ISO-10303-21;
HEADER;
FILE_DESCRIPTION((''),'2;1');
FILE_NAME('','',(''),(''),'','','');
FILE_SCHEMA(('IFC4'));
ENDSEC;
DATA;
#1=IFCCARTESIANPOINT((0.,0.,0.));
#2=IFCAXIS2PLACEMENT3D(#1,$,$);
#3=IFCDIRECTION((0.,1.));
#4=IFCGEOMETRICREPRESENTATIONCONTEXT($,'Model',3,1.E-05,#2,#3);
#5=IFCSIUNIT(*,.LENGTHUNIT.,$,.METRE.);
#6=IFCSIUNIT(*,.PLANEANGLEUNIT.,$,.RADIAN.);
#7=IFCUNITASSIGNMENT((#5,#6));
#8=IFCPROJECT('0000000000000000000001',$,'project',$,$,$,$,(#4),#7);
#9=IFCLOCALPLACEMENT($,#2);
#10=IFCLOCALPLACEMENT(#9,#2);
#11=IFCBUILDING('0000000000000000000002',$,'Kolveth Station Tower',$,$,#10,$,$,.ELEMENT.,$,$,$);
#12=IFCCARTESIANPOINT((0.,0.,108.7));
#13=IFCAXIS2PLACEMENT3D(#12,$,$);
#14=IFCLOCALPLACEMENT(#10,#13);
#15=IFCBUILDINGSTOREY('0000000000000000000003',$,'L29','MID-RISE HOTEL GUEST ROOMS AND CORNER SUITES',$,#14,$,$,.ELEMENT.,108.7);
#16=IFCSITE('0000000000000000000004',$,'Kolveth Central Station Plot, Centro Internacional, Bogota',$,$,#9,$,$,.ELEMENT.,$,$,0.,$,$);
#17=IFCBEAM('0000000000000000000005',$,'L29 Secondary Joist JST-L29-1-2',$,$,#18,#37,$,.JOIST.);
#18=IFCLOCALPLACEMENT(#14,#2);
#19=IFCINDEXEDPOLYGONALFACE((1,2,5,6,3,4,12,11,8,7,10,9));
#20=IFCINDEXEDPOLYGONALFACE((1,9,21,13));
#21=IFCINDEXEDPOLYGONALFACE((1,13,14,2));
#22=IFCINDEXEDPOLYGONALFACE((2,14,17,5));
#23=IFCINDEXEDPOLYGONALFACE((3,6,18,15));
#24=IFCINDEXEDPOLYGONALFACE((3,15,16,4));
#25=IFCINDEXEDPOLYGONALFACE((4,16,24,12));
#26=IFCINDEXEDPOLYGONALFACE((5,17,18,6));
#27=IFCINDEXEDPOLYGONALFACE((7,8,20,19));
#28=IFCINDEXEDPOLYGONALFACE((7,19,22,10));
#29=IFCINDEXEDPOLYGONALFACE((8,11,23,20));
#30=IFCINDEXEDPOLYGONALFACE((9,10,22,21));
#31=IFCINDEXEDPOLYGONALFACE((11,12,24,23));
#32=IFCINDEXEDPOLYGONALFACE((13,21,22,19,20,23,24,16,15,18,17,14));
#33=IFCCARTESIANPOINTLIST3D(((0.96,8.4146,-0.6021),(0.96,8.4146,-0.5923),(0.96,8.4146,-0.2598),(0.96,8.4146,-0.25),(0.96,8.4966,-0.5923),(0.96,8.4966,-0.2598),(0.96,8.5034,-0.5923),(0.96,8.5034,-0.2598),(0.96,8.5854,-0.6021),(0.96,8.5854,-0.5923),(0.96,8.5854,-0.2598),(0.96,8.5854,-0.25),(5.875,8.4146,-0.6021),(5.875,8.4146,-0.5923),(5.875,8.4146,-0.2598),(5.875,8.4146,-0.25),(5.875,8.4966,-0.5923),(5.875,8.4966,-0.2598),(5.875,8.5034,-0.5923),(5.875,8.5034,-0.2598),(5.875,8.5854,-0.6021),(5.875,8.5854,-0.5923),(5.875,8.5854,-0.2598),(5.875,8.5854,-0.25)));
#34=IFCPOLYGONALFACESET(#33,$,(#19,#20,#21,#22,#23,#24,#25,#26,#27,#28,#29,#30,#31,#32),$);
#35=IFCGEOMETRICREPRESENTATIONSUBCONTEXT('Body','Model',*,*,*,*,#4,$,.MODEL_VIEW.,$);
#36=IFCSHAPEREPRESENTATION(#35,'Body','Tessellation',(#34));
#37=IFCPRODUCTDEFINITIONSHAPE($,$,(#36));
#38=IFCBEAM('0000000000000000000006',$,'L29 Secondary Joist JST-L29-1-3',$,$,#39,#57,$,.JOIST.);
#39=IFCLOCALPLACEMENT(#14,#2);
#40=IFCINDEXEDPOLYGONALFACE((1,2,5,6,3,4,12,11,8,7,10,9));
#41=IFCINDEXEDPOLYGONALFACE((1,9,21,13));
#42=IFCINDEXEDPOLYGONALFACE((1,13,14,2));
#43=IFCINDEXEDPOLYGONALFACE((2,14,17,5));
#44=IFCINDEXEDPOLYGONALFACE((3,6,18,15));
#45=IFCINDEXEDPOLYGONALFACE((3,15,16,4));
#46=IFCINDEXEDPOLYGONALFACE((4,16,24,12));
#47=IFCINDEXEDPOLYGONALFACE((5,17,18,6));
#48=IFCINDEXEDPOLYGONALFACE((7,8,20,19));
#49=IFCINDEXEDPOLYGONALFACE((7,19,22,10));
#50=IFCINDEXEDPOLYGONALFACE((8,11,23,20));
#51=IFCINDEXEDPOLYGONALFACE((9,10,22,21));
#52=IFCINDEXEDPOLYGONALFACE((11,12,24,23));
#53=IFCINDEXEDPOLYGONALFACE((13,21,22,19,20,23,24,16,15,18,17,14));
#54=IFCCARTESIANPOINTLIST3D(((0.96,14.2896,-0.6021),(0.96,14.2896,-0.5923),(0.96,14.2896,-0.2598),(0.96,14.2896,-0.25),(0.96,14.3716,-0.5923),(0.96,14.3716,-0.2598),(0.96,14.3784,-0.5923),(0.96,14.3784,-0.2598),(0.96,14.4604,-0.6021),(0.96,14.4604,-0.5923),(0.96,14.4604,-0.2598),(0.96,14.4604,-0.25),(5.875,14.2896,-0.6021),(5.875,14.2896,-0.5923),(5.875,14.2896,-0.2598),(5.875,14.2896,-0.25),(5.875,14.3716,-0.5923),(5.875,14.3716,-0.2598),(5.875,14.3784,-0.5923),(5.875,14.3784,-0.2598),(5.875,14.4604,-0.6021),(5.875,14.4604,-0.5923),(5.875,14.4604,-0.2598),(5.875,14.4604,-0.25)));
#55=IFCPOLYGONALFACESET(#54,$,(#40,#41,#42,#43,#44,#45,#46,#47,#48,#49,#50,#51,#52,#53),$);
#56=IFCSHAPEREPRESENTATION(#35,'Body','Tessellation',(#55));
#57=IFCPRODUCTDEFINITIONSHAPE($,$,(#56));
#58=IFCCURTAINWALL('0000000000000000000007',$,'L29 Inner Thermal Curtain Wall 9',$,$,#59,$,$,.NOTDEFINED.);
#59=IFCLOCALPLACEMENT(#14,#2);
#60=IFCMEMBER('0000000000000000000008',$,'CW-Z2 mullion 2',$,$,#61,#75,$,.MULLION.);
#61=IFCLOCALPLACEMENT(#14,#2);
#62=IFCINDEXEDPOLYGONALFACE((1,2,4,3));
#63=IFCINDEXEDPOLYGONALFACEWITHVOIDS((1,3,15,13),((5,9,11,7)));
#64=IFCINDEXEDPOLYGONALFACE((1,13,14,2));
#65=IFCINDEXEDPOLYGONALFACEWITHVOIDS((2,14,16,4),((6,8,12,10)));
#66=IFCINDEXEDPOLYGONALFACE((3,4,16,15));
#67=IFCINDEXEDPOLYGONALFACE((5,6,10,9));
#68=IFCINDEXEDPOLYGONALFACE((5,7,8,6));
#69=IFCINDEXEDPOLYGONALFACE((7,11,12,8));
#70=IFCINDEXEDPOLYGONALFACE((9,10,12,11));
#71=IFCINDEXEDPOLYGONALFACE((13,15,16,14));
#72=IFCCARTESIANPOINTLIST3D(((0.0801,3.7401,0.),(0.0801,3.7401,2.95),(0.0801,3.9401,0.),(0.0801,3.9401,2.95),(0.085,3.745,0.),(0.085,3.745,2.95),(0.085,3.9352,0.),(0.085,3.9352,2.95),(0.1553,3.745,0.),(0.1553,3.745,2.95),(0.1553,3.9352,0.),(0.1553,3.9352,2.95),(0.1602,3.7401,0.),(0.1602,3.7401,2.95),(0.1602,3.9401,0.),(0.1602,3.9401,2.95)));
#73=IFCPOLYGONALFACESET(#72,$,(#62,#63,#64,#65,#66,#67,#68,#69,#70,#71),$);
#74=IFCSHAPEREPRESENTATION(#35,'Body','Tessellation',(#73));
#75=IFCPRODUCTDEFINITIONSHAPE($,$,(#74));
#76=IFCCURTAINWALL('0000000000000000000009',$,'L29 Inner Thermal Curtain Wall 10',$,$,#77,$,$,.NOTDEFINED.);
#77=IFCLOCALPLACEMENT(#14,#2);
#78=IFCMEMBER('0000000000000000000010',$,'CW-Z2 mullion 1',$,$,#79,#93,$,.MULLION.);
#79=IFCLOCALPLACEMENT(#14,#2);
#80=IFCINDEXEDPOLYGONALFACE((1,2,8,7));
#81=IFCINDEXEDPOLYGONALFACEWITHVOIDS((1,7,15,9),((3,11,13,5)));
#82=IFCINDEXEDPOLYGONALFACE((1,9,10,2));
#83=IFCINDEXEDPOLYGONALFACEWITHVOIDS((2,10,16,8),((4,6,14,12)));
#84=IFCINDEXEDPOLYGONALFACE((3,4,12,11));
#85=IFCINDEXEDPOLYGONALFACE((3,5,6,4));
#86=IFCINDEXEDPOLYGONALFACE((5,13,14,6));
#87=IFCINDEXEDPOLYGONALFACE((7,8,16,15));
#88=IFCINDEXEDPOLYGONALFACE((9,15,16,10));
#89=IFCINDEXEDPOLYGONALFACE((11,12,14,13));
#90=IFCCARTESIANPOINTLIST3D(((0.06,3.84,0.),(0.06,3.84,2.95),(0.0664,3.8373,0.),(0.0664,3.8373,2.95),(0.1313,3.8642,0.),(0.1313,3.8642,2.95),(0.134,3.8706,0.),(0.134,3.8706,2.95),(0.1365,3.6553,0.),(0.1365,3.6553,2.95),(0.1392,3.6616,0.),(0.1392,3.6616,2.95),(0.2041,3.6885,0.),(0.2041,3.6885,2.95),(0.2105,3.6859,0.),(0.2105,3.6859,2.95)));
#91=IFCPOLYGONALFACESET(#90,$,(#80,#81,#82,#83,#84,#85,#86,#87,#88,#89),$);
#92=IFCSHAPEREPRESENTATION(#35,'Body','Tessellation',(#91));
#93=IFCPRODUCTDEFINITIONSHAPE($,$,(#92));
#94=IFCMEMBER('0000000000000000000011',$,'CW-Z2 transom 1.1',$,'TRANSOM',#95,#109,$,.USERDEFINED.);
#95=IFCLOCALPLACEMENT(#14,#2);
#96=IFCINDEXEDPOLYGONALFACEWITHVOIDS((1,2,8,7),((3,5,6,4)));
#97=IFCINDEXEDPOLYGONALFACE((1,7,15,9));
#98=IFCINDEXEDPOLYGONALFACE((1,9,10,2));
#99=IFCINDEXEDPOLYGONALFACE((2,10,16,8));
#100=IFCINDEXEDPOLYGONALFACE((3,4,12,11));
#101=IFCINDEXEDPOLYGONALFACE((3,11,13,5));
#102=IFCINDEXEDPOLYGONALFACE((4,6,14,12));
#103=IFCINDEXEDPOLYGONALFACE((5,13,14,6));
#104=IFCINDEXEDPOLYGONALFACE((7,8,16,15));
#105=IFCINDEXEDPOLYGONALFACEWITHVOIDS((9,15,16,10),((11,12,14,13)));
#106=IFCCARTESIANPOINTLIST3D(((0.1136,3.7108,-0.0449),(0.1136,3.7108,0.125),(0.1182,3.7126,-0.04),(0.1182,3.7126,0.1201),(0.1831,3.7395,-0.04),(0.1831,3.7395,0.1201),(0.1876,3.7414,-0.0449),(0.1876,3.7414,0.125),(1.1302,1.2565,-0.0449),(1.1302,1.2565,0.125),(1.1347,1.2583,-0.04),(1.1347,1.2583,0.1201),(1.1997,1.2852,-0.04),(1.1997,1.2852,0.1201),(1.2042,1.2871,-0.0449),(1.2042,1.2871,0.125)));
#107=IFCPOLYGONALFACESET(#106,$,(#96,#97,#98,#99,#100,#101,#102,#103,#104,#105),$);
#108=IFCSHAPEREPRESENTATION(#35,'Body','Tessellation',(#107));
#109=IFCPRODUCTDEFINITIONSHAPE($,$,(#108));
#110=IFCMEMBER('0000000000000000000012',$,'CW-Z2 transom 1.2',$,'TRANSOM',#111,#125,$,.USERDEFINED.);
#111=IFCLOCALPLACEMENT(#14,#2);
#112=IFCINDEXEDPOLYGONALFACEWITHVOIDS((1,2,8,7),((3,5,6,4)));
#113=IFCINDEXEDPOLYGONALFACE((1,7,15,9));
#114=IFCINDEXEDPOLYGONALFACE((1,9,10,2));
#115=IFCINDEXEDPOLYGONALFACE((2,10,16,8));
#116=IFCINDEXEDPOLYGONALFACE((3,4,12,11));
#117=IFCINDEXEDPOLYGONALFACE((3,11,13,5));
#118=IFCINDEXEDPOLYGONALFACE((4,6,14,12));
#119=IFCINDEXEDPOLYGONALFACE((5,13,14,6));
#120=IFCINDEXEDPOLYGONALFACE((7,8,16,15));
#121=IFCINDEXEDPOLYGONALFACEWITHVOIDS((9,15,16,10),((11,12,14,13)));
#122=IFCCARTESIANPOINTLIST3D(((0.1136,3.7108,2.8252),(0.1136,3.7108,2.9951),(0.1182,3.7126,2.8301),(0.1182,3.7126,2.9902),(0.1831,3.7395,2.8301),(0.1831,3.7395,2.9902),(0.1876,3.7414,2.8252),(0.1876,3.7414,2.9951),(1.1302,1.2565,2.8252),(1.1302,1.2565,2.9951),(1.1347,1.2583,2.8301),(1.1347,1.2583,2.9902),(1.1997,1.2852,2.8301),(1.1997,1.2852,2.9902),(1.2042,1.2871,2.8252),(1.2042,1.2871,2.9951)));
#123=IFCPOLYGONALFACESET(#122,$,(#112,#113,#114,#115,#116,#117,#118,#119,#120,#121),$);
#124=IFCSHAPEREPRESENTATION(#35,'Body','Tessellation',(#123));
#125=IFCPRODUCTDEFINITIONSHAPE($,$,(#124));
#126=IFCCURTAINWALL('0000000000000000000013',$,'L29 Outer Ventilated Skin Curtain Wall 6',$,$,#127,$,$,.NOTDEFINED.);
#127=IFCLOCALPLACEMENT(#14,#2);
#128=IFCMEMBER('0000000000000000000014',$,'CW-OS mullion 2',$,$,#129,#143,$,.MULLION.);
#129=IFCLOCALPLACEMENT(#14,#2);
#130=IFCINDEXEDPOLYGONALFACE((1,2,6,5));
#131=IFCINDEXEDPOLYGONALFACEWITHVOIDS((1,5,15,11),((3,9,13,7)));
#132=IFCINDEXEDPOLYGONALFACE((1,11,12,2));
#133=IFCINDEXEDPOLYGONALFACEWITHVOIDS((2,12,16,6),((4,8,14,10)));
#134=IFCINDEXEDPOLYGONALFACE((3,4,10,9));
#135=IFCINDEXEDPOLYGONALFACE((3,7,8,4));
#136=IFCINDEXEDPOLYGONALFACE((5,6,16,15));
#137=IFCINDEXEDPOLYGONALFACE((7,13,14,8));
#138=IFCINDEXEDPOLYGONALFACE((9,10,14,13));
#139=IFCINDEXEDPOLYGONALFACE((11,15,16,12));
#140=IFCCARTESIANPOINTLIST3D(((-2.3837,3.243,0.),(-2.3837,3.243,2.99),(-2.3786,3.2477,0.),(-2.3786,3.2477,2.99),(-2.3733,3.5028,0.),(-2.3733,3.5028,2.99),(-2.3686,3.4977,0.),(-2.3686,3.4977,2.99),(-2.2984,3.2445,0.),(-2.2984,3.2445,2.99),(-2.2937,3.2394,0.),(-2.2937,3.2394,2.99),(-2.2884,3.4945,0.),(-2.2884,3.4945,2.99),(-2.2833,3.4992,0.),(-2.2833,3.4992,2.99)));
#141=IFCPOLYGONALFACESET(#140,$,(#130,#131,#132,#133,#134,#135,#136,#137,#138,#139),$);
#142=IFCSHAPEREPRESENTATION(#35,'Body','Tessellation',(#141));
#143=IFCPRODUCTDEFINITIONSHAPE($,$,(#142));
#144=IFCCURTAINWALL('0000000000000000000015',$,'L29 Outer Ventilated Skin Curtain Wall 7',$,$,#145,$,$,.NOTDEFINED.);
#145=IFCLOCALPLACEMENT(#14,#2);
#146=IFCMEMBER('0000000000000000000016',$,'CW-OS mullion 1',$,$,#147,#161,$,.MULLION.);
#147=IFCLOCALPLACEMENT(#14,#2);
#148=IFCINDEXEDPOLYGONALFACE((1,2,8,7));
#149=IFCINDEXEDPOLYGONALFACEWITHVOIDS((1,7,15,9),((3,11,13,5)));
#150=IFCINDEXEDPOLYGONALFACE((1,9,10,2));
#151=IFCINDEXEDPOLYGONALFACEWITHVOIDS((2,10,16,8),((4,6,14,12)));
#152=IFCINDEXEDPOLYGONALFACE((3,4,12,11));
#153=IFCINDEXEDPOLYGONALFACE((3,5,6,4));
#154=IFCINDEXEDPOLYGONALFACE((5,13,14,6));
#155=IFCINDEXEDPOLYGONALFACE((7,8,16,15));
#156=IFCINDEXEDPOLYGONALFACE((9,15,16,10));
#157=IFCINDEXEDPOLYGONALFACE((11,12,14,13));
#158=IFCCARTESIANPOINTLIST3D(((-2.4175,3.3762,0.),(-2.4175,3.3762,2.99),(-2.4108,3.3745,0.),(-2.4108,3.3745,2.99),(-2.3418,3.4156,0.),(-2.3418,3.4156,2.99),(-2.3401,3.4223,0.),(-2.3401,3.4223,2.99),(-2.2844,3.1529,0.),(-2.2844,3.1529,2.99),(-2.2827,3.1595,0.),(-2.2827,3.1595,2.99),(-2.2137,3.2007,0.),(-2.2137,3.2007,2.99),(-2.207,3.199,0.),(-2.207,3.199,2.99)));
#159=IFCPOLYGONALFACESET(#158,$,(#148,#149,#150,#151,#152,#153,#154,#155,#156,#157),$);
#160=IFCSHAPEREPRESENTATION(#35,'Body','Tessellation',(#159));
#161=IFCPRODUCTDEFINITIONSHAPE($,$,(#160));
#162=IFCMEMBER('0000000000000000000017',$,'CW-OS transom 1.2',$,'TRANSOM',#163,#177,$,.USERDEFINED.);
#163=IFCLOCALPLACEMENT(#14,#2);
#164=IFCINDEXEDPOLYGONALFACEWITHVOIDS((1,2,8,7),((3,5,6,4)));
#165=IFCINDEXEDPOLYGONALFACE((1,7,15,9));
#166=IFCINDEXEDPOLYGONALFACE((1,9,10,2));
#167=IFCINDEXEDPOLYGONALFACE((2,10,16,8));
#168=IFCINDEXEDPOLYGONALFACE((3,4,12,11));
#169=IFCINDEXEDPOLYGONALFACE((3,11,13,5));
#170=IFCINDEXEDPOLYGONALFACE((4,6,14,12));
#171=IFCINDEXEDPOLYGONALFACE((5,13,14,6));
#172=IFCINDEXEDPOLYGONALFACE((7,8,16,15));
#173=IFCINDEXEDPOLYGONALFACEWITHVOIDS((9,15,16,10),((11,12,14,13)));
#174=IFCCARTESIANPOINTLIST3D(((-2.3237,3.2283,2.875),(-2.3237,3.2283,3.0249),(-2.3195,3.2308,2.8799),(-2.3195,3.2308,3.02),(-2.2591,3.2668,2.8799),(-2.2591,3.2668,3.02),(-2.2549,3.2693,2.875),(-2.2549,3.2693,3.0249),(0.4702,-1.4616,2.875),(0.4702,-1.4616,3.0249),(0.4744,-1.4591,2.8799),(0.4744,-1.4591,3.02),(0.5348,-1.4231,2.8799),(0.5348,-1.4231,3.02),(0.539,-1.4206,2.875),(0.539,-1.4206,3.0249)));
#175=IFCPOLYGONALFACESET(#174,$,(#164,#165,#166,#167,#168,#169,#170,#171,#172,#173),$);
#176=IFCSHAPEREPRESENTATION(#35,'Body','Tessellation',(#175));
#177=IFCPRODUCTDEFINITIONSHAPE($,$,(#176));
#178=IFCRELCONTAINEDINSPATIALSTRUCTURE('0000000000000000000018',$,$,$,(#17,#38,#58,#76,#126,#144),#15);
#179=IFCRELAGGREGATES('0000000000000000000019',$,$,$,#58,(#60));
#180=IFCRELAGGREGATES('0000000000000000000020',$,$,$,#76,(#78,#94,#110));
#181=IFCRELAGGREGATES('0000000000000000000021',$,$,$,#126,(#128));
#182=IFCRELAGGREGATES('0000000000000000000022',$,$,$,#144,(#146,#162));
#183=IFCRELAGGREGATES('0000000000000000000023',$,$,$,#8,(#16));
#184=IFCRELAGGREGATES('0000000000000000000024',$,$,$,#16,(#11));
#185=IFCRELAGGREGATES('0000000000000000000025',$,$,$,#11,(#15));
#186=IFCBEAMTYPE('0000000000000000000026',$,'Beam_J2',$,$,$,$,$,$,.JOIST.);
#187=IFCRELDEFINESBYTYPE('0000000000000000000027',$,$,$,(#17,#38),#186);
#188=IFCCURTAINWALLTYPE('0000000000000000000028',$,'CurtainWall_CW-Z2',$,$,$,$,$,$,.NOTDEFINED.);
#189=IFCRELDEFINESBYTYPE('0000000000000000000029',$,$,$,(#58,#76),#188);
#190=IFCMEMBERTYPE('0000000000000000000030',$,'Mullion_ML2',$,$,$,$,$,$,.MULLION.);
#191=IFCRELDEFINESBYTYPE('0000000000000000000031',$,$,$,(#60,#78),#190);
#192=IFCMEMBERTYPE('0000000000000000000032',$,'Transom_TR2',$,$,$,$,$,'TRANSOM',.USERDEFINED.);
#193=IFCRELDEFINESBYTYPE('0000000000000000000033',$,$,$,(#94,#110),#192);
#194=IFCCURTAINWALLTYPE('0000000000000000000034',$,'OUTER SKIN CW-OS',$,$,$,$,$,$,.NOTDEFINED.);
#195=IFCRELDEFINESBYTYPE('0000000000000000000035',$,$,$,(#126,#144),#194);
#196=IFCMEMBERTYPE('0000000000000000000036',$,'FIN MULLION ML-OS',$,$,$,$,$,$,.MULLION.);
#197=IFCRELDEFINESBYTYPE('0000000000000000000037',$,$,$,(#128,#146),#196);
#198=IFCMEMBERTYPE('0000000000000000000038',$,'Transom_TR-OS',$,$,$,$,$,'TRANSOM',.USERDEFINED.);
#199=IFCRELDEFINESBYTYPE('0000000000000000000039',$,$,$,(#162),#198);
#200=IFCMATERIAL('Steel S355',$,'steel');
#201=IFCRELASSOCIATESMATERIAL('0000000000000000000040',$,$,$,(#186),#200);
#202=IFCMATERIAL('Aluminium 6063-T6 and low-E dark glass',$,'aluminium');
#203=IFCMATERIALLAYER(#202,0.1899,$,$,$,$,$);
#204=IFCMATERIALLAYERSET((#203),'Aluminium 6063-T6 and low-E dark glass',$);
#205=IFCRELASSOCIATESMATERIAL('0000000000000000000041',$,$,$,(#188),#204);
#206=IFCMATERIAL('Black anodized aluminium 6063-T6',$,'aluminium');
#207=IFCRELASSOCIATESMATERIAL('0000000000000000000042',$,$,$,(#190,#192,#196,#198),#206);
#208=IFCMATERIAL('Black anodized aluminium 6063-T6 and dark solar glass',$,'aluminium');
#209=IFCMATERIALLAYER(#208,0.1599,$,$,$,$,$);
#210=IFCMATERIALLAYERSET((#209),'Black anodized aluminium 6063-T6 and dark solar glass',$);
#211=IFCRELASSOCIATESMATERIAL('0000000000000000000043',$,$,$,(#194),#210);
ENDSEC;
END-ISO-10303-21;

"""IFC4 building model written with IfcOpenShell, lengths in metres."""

from ifc_helpers import new_model, si_unit, direction, frame, origin, origin_2d, place, context, subcontext, project, spatial, hollow_rectangle, i_section, extrude, source, transform, mapped, material, layer, layer_set, material_profile, profile_set, type_object, element, aggregate, save


model = new_model("IFC4")

# Units and contexts
model_context = context("Model", 3, precision=1e-05, world=origin(), true_north=direction((0.0, 1.0)))
body_context = subcontext(model_context, "Body", "Model", "MODEL_VIEW")
ifc_project = project(units=[si_unit("LENGTHUNIT", "METRE"), si_unit("PLANEANGLEUNIT", "RADIAN")], contexts=[model_context])

# Site, building, storey
site_placement = place(None, origin())
site = spatial("IfcSite", under=ifc_project, at=site_placement, Name="Kolveth Central Station Plot, Centro Internacional, Bogota", CompositionType="ELEMENT", RefElevation=0.0)
building_placement = place(site_placement, origin())
building = spatial("IfcBuilding", under=site, at=building_placement, Name="Kolveth Station Tower", CompositionType="ELEMENT")
storey_placement = place(building_placement, frame((0.0, 0.0, 108.7)))
storey = spatial("IfcBuildingStorey", under=building, at=storey_placement, Name="L29", Description="MID-RISE HOTEL GUEST ROOMS AND CORNER SUITES", CompositionType="ELEMENT", Elevation=108.7)

# Beams
ifc_material_1 = material(Name="Steel S355", Category="steel")
ifc_material_profile_1 = material_profile(ifc_material_1, i_section(OverallWidth=0.1709, OverallDepth=0.3521, WebThickness=0.0068, FlangeThickness=0.0098, at=origin_2d()), Name="W360x44")
ifc_profile_set_1 = profile_set([ifc_material_profile_1], Name="Steel S355")
beam_type_1 = type_object("IfcBeamType", Name="Beam_J2", PredefinedType="JOIST", material=ifc_profile_set_1)
shared_shape_1 = source(origin(), body_context, "Body", "SweptSolid", [
    extrude(i_section(OverallWidth=0.1709, OverallDepth=0.3521, WebThickness=0.0068, FlangeThickness=0.0098, at=origin_2d()), origin(), (0.0, 0.0, 1.0), 4.915),
])
for number, where, z_axis, x_axis, name in (
    (1, (0.96, 8.5, -0.426), (1.0, 0.0, 0.0), (0.0, 1.0, 0.0), "L29 Secondary Joist JST-L29-1-2"),
    (2, (0.96, 14.375, -0.426), (1.0, 0.0, 0.0), (0.0, 1.0, 0.0), "L29 Secondary Joist JST-L29-1-3"),
):
    element("IfcBeam", number, at=place(storey_placement, frame(where, z_axis=z_axis, x_axis=x_axis)), inside=storey, type_object=beam_type_1, Name=name, PredefinedType="JOIST", context=body_context, shape_type="MappedRepresentation", body=[
        mapped(shared_shape_1, transform((0.0, 0.0, 0.0), x_axis=(1.0, 0.0, 0.0), y_axis=(0.0, 1.0, 0.0), z_axis=(0.0, 0.0, 1.0), scale=1.0)),
    ])

# Curtain wall, member
ifc_material_2 = material(Name="Aluminium 6063-T6 and low-E dark glass", Category="aluminium")
ifc_layer_1 = layer(ifc_material_2, 0.1899)
ifc_layer_set_1 = layer_set([ifc_layer_1], Name="Aluminium 6063-T6 and low-E dark glass")
curtain_wall_type_1 = type_object("IfcCurtainWallType", Name="CurtainWall_CW-Z2", PredefinedType="NOTDEFINED", material=ifc_layer_set_1)
curtain_wall_1_placement = place(storey_placement, origin())
curtain_wall_1 = element("IfcCurtainWall", 3, at=curtain_wall_1_placement, inside=storey, type_object=curtain_wall_type_1, Name="L29 Inner Thermal Curtain Wall 9", PredefinedType="NOTDEFINED")
ifc_material_3 = material(Name="Black anodized aluminium 6063-T6", Category="aluminium")
ifc_material_profile_2 = material_profile(ifc_material_3, hollow_rectangle(XDim=0.0801, YDim=0.2, WallThickness=0.0049, at=origin_2d()), Name="ALU-80x200x5")
ifc_profile_set_2 = profile_set([ifc_material_profile_2], Name="Black anodized aluminium 6063-T6")
member_type_1 = type_object("IfcMemberType", Name="Mullion_ML2", PredefinedType="MULLION", material=ifc_profile_set_2)
shared_shape_2 = source(origin(), body_context, "Body", "SweptSolid", [
    extrude(hollow_rectangle(XDim=0.0801, YDim=0.2, WallThickness=0.0049, at=origin_2d()), origin(), (0.0, 0.0, 1.0), 2.95),
])
member_1_placement = place(storey_placement, frame((0.1201, 3.8401, 0.0), z_axis=(0.0, 0.0, 1.0), x_axis=(1.0, 0.0, 0.0)))
member_1 = element("IfcMember", 4, at=member_1_placement, type_object=member_type_1, Name="CW-Z2 mullion 2", PredefinedType="MULLION", context=body_context, shape_type="MappedRepresentation", body=[
    mapped(shared_shape_2, transform((0.0, 0.0, 0.0), x_axis=(1.0, 0.0, 0.0), y_axis=(0.0, 1.0, 0.0), z_axis=(0.0, 0.0, 1.0), scale=1.0)),
])
aggregate(curtain_wall_1, [member_1])

# Curtain wall, members
curtain_wall_2_placement = place(storey_placement, origin())
curtain_wall_2 = element("IfcCurtainWall", 5, at=curtain_wall_2_placement, inside=storey, type_object=curtain_wall_type_1, Name="L29 Inner Thermal Curtain Wall 10", PredefinedType="NOTDEFINED")
member_2_placement = place(storey_placement, frame((0.1353, 3.7629, 0.0), z_axis=(0.0, 0.0, 1.0), x_axis=(0.923888, 0.382663, 0.0)))
member_2 = element("IfcMember", 6, at=member_2_placement, type_object=member_type_1, Name="CW-Z2 mullion 1", PredefinedType="MULLION", context=body_context, shape_type="MappedRepresentation", body=[
    mapped(shared_shape_2, transform((0.0, 0.0, 0.0), x_axis=(1.0, 0.0, 0.0), y_axis=(0.0, 1.0, 0.0), z_axis=(0.0, 0.0, 1.0), scale=1.0)),
])
ifc_material_profile_3 = material_profile(ifc_material_3, hollow_rectangle(XDim=0.0801, YDim=0.1699, WallThickness=0.0049, at=origin_2d()), Name="ALU-80x170x5")
ifc_profile_set_3 = profile_set([ifc_material_profile_3], Name="Black anodized aluminium 6063-T6")
member_type_2 = type_object("IfcMemberType", Name="Transom_TR2", ElementType="TRANSOM", PredefinedType="USERDEFINED", material=ifc_profile_set_3)
shared_shape_3 = source(origin(), body_context, "Body", "SweptSolid", [
    extrude(hollow_rectangle(XDim=0.0801, YDim=0.1699, WallThickness=0.0049, at=origin_2d()), origin(), (0.0, 0.0, 1.0), 2.6565),
])
member_3_placement = place(storey_placement, frame((0.1506, 3.7261, 0.04), z_axis=(0.382676, -0.923882, 0.0), x_axis=(0.923882, 0.382676, 0.0)))
member_3 = element("IfcMember", 7, at=member_3_placement, type_object=member_type_2, Name="CW-Z2 transom 1.1", ObjectType="TRANSOM", PredefinedType="USERDEFINED", context=body_context, shape_type="MappedRepresentation", body=[
    mapped(shared_shape_3, transform((0.0, 0.0, 0.0), x_axis=(1.0, 0.0, 0.0), y_axis=(0.0, 1.0, 0.0), z_axis=(0.0, 0.0, 1.0), scale=1.0)),
])
member_4_placement = place(storey_placement, frame((0.1506, 3.7261, 2.9102), z_axis=(0.382676, -0.923882, 0.0), x_axis=(0.923882, 0.382676, 0.0)))
member_4 = element("IfcMember", 8, at=member_4_placement, type_object=member_type_2, Name="CW-Z2 transom 1.2", ObjectType="TRANSOM", PredefinedType="USERDEFINED", context=body_context, shape_type="MappedRepresentation", body=[
    mapped(shared_shape_3, transform((0.0, 0.0, 0.0), x_axis=(1.0, 0.0, 0.0), y_axis=(0.0, 1.0, 0.0), z_axis=(0.0, 0.0, 1.0), scale=1.0)),
])
aggregate(curtain_wall_2, [member_2, member_3, member_4])

# Curtain wall, member
ifc_material_4 = material(Name="Black anodized aluminium 6063-T6 and dark solar glass", Category="aluminium")
ifc_layer_2 = layer(ifc_material_4, 0.1599)
ifc_layer_set_2 = layer_set([ifc_layer_2], Name="Black anodized aluminium 6063-T6 and dark solar glass")
curtain_wall_type_2 = type_object("IfcCurtainWallType", Name="OUTER SKIN CW-OS", PredefinedType="NOTDEFINED", material=ifc_layer_set_2)
curtain_wall_3_placement = place(storey_placement, origin())
curtain_wall_3 = element("IfcCurtainWall", 9, at=curtain_wall_3_placement, inside=storey, type_object=curtain_wall_type_2, Name="L29 Outer Ventilated Skin Curtain Wall 6", PredefinedType="NOTDEFINED")
ifc_material_profile_4 = material_profile(ifc_material_3, hollow_rectangle(XDim=0.0901, YDim=0.26, WallThickness=0.0049, at=origin_2d()), Name="ALU-90x260x5")
ifc_profile_set_4 = profile_set([ifc_material_profile_4], Name="Black anodized aluminium 6063-T6")
member_type_3 = type_object("IfcMemberType", Name="FIN MULLION ML-OS", PredefinedType="MULLION", material=ifc_profile_set_4)
shared_shape_4 = source(origin(), body_context, "Body", "SweptSolid", [
    extrude(hollow_rectangle(XDim=0.0901, YDim=0.26, WallThickness=0.0049, at=origin_2d()), origin(), (0.0, 0.0, 1.0), 2.99),
])
member_5_placement = place(storey_placement, frame((-2.3335, 3.3711, 0.0), z_axis=(0.0, 0.0, 1.0), x_axis=(0.999197, -0.040067, 0.0)))
member_5 = element("IfcMember", 10, at=member_5_placement, type_object=member_type_3, Name="CW-OS mullion 2", PredefinedType="MULLION", context=body_context, shape_type="MappedRepresentation", body=[
    mapped(shared_shape_4, transform((0.0, 0.0, 0.0), x_axis=(1.0, 0.0, 0.0), y_axis=(0.0, 1.0, 0.0), z_axis=(0.0, 0.0, 1.0), scale=1.0)),
])
aggregate(curtain_wall_3, [member_5])

# Curtain wall, members
curtain_wall_4_placement = place(storey_placement, origin())
curtain_wall_4 = element("IfcCurtainWall", 11, at=curtain_wall_4_placement, inside=storey, type_object=curtain_wall_type_2, Name="L29 Outer Ventilated Skin Curtain Wall 7", PredefinedType="NOTDEFINED")
member_6_placement = place(storey_placement, frame((-2.3123, 3.2876, 0.0), z_axis=(0.0, 0.0, 1.0), x_axis=(0.859121, 0.511773, 0.0)))
member_6 = element("IfcMember", 12, at=member_6_placement, type_object=member_type_3, Name="CW-OS mullion 1", PredefinedType="MULLION", context=body_context, shape_type="MappedRepresentation", body=[
    mapped(shared_shape_4, transform((0.0, 0.0, 0.0), x_axis=(1.0, 0.0, 0.0), y_axis=(0.0, 1.0, 0.0), z_axis=(0.0, 0.0, 1.0), scale=1.0)),
])
ifc_material_profile_5 = material_profile(ifc_material_3, hollow_rectangle(XDim=0.0801, YDim=0.1499, WallThickness=0.0049, at=origin_2d()), Name="ALU-80x150x5")
ifc_profile_set_5 = profile_set([ifc_material_profile_5], Name="Black anodized aluminium 6063-T6")
member_type_4 = type_object("IfcMemberType", Name="Transom_TR-OS", ElementType="TRANSOM", PredefinedType="USERDEFINED", material=ifc_profile_set_5)
shared_shape_5 = source(origin(), body_context, "Body", "SweptSolid", [
    extrude(hollow_rectangle(XDim=0.0801, YDim=0.1499, WallThickness=0.0049, at=origin_2d()), origin(), (0.0, 0.0, 1.0), 5.459),
])
member_7_placement = place(storey_placement, frame((-2.2893, 3.2488, 2.95), z_axis=(0.511797, -0.859107, 0.0), x_axis=(0.859107, 0.511797, 0.0)))
member_7 = element("IfcMember", 13, at=member_7_placement, type_object=member_type_4, Name="CW-OS transom 1.2", ObjectType="TRANSOM", PredefinedType="USERDEFINED", context=body_context, shape_type="MappedRepresentation", body=[
    mapped(shared_shape_5, transform((0.0, 0.0, 0.0), x_axis=(1.0, 0.0, 0.0), y_axis=(0.0, 1.0, 0.0), z_axis=(0.0, 0.0, 1.0), scale=1.0)),
])
aggregate(curtain_wall_4, [member_6, member_7])

save(model, "model.ifc")
